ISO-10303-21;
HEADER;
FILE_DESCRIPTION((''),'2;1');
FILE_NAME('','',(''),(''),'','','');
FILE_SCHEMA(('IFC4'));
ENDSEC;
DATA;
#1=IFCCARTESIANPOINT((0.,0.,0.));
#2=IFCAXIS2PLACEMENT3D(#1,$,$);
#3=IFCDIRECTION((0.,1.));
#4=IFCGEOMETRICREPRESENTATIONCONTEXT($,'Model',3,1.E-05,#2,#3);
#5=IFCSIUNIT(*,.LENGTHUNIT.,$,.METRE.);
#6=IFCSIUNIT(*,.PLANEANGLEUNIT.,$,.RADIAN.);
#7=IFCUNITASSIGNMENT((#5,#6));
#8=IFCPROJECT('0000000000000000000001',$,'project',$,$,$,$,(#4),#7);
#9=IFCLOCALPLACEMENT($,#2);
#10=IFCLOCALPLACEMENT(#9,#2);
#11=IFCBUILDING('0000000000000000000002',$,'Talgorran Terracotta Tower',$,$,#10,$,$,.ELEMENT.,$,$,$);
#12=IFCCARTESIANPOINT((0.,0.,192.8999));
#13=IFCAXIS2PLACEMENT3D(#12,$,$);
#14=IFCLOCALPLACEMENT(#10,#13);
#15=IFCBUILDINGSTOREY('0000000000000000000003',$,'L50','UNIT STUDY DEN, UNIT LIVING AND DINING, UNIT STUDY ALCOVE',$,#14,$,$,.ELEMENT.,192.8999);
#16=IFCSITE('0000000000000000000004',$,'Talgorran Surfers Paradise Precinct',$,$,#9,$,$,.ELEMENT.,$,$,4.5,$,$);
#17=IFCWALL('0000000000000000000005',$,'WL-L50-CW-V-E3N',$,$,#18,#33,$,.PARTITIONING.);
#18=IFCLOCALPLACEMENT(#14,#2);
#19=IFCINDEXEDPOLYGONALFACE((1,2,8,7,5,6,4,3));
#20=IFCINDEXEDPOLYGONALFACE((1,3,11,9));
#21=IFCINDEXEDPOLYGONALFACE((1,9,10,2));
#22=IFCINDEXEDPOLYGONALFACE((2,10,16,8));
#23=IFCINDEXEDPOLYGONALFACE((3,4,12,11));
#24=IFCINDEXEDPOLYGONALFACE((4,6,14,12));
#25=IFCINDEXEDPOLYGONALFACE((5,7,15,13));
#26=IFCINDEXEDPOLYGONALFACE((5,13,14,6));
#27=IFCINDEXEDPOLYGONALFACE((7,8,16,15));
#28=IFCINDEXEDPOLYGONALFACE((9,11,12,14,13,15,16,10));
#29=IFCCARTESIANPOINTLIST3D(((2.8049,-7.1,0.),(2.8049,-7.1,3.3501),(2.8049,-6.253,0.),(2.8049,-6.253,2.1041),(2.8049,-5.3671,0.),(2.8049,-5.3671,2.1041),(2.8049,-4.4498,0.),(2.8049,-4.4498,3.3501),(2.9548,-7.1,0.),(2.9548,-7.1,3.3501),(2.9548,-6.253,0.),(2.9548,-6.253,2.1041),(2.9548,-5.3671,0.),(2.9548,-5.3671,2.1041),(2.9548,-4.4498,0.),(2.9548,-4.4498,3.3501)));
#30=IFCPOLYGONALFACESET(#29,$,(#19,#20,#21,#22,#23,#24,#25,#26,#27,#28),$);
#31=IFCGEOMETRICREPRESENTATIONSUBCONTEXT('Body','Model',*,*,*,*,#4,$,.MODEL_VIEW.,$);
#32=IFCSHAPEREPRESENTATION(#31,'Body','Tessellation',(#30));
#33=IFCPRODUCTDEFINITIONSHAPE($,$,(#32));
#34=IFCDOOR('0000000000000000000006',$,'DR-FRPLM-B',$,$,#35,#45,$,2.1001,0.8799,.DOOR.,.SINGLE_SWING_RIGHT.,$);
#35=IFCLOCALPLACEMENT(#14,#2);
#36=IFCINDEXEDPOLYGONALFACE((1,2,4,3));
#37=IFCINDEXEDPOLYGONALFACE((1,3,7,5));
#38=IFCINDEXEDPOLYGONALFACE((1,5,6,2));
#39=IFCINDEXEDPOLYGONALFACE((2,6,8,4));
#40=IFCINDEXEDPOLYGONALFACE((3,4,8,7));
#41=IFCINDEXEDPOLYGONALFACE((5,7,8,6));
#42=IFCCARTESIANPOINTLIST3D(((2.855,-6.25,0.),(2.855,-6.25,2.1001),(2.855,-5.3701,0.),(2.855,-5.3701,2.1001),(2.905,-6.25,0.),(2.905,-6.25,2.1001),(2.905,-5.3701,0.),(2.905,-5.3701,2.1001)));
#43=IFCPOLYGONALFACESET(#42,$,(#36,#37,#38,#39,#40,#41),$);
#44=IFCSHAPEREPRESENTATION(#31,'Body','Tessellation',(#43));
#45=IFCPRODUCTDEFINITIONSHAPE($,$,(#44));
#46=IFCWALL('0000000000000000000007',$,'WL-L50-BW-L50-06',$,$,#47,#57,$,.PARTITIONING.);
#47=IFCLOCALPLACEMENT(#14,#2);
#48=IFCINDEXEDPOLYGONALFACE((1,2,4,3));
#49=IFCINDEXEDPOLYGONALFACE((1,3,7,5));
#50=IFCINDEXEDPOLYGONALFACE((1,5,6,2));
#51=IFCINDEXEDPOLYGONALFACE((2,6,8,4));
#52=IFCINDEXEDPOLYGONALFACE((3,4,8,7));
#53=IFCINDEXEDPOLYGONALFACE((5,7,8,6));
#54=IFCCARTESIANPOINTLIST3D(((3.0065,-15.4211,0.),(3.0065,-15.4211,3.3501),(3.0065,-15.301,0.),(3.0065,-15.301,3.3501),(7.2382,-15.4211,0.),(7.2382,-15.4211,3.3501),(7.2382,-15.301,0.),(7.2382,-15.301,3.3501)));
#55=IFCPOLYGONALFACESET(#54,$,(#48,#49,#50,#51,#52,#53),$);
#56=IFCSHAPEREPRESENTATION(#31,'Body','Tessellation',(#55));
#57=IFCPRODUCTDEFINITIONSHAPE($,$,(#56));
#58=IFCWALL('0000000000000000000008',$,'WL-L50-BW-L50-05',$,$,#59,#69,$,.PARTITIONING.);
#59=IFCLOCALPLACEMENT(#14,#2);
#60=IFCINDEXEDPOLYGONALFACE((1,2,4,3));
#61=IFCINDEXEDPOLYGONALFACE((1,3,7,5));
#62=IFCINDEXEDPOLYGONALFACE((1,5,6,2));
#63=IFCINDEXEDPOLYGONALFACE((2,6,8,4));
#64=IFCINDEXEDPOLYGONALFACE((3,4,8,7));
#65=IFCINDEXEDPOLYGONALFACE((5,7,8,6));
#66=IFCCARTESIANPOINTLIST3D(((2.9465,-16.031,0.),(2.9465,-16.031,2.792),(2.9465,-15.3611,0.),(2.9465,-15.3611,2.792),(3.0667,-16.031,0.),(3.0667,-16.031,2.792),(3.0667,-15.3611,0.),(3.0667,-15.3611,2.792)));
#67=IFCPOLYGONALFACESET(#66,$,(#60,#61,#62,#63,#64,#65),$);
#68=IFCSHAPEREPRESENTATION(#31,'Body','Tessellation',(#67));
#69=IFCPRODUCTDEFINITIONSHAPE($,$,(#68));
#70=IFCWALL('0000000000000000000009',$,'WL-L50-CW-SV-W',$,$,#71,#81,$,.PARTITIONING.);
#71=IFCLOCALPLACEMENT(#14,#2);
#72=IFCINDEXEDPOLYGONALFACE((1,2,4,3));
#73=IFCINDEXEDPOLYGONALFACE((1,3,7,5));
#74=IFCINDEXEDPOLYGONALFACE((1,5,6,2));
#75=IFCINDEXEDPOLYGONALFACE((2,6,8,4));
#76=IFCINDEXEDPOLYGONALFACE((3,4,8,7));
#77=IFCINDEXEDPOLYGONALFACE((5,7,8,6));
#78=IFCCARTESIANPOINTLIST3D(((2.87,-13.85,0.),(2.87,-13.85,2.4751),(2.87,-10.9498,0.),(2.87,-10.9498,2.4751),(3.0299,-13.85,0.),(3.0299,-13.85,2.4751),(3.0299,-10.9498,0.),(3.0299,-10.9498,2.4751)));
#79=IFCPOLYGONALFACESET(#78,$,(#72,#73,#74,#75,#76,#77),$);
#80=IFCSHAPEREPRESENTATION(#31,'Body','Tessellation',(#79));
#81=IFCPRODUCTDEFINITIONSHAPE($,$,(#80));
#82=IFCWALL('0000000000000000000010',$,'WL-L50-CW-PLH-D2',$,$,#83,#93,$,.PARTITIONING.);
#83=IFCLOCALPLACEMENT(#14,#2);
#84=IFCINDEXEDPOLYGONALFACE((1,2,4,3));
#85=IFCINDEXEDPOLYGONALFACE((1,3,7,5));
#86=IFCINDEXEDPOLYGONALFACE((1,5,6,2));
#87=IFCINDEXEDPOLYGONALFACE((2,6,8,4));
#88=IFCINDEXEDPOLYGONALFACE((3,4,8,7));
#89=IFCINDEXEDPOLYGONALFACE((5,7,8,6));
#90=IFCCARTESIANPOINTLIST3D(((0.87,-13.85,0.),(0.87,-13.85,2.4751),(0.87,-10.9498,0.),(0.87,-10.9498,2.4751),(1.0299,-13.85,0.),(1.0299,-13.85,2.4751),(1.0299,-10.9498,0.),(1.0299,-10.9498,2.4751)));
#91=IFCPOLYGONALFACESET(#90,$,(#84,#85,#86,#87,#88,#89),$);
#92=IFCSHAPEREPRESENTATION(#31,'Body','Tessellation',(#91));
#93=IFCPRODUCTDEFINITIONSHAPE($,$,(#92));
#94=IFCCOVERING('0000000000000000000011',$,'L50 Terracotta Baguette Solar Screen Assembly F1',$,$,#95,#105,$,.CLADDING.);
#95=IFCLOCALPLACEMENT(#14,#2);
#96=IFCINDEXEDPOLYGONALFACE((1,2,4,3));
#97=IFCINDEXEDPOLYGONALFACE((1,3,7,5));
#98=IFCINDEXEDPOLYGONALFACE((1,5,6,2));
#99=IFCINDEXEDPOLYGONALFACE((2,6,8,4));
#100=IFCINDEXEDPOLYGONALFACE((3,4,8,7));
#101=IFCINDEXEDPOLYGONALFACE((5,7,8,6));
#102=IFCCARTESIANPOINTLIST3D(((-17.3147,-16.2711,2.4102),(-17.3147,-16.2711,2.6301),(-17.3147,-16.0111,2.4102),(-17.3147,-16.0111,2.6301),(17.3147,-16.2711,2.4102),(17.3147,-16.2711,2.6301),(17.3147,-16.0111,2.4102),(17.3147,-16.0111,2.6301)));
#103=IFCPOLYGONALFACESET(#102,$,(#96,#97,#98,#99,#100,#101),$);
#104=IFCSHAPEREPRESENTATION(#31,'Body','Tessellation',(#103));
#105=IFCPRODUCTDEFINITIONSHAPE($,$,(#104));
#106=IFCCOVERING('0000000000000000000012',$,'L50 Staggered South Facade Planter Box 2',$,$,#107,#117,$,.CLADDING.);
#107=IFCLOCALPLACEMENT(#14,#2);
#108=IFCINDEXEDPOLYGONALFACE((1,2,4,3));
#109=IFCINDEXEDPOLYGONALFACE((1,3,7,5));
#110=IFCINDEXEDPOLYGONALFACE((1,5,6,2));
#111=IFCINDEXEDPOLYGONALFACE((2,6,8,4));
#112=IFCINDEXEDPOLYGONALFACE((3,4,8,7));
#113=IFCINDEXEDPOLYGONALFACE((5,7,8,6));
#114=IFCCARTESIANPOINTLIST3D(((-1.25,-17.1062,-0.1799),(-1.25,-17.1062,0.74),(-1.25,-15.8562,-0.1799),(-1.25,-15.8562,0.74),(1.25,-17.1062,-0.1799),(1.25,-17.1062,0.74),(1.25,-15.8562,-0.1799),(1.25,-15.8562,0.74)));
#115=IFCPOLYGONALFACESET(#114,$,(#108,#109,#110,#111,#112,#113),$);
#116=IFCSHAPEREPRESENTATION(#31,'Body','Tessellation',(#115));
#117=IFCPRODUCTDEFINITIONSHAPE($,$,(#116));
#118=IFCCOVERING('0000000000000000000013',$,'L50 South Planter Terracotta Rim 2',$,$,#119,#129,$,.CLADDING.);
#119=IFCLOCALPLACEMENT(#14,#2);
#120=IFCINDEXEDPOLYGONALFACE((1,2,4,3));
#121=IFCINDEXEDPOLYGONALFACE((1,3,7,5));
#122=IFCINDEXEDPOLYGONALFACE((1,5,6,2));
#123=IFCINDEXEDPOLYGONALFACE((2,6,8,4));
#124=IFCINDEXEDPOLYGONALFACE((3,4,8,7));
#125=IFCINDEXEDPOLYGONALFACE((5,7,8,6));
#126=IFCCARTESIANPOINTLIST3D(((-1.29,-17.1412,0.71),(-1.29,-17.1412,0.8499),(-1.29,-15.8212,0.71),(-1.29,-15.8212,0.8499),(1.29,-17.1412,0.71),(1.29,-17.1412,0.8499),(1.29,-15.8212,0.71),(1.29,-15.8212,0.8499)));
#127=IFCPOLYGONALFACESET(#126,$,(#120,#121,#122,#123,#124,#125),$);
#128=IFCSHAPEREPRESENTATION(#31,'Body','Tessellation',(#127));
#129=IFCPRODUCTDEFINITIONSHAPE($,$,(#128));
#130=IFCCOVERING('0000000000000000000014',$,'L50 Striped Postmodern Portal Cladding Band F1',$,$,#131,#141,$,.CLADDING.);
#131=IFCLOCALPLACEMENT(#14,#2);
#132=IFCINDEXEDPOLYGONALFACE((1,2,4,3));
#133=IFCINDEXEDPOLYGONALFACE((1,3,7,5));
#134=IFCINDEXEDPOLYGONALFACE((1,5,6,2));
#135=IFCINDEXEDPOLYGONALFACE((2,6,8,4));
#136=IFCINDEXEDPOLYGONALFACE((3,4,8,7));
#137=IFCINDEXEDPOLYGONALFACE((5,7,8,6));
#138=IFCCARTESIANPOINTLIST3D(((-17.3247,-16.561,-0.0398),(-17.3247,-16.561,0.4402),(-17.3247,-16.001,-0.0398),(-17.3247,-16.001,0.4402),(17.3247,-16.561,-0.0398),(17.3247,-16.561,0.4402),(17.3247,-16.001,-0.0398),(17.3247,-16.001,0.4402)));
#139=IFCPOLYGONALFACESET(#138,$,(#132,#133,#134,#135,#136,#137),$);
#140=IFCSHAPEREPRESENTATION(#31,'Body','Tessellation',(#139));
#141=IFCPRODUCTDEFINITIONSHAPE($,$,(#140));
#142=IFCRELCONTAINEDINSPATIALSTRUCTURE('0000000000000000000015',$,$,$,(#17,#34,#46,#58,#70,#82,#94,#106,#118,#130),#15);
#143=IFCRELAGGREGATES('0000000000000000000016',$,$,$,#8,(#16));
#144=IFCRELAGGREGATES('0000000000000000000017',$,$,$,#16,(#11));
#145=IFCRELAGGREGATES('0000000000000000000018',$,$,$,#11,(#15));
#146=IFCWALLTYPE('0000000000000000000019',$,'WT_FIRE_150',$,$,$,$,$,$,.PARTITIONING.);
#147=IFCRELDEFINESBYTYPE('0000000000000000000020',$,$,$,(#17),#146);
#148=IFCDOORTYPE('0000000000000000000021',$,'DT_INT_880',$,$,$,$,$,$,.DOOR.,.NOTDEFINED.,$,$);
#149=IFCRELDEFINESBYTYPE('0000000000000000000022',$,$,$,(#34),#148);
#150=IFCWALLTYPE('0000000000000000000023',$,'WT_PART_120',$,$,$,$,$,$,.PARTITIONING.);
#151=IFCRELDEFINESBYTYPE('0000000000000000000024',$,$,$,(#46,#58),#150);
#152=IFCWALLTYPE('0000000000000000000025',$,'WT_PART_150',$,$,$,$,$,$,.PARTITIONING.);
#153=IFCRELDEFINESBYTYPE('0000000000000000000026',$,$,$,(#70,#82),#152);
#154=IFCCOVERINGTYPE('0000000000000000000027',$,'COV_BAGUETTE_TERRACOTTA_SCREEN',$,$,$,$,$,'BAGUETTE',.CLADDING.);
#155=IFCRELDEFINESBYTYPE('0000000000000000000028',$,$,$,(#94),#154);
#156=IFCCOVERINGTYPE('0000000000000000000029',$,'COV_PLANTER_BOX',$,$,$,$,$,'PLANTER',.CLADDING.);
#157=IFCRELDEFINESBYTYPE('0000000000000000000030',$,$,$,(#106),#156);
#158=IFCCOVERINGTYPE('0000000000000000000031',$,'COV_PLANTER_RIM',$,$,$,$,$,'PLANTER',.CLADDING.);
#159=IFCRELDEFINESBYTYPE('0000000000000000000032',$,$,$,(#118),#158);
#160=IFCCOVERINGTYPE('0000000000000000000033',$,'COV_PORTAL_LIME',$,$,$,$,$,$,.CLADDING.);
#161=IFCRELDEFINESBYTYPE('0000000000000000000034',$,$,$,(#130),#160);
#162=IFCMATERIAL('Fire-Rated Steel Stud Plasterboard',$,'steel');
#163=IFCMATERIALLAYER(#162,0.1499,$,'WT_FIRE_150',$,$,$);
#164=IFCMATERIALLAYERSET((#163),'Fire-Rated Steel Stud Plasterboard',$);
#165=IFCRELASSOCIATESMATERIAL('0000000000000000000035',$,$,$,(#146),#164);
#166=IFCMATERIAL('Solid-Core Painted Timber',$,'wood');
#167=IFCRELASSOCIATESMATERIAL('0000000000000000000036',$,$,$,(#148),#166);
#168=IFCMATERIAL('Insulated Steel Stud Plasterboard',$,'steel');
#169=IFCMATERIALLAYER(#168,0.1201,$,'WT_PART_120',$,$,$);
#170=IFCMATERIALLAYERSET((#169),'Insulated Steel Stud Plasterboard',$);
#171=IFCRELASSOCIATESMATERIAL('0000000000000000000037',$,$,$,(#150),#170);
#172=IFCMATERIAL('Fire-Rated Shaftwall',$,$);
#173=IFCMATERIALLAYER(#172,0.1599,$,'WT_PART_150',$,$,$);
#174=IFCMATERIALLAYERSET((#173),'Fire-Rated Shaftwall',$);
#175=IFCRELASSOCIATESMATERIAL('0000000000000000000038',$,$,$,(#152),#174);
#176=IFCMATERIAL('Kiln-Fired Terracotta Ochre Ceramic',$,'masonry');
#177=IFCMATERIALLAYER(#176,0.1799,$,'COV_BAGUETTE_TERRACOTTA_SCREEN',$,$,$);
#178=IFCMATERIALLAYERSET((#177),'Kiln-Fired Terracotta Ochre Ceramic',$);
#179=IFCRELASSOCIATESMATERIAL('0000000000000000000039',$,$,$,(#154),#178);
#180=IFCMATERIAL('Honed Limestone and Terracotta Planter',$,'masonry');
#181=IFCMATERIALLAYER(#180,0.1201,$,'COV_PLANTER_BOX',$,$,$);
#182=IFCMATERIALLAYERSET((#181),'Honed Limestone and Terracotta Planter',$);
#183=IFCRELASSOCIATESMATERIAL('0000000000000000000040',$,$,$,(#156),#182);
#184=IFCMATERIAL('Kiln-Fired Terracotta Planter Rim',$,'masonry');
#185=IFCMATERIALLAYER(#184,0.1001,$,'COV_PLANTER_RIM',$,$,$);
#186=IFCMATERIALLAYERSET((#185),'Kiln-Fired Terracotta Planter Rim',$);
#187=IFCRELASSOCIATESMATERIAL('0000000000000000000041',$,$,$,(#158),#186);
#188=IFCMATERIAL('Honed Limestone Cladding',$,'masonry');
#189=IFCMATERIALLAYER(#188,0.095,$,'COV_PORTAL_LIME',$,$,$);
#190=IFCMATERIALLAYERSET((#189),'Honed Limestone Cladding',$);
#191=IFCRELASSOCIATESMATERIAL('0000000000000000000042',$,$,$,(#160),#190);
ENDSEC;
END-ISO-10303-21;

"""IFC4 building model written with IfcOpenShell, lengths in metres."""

from ifc_helpers import new_model, si_unit, direction, frame, frame_2d, origin, origin_2d, place, context, subcontext, project, spatial, rectangle, extrude, material, layer, layer_set, type_object, element, fill, save


model = new_model("IFC4")

# Units and contexts
model_context = context("Model", 3, precision=1e-05, world=origin(), true_north=direction((0.0, 1.0)))
body_context = subcontext(model_context, "Body", "Model", "MODEL_VIEW")
ifc_project = project(units=[si_unit("LENGTHUNIT", "METRE"), si_unit("PLANEANGLEUNIT", "RADIAN")], contexts=[model_context])

# Site, building, storey
site_placement = place(None, origin())
site = spatial("IfcSite", under=ifc_project, at=site_placement, Name="Talgorran Surfers Paradise Precinct", CompositionType="ELEMENT", RefElevation=4.5)
building_placement = place(site_placement, origin())
building = spatial("IfcBuilding", under=site, at=building_placement, Name="Talgorran Terracotta Tower", CompositionType="ELEMENT")
storey_placement = place(building_placement, frame((0.0, 0.0, 192.8999)))
storey = spatial("IfcBuildingStorey", under=building, at=storey_placement, Name="L50", Description="UNIT STUDY DEN, UNIT LIVING AND DINING, UNIT STUDY ALCOVE", CompositionType="ELEMENT", Elevation=192.8999)

# Shared definitions
ifc_material_1 = material(Name="Fire-Rated Steel Stud Plasterboard", Category="steel")
ifc_layer_1 = layer(ifc_material_1, 0.1499, Name="WT_FIRE_150")
ifc_layer_set_1 = layer_set([ifc_layer_1], Name="Fire-Rated Steel Stud Plasterboard")
wall_type_1 = type_object("IfcWallType", Name="WT_FIRE_150", PredefinedType="PARTITIONING", material=ifc_layer_set_1)

# Wall, opening, door
wall_1_placement = place(storey_placement, frame((2.8799, -7.1001, 0.0), z_axis=(0.0, 0.0, 1.0), x_axis=(0.0, 1.0, 0.0)))
wall_1 = element("IfcWall", 1, at=wall_1_placement, inside=storey, type_object=wall_type_1, Name="WL-L50-CW-V-E3N", PredefinedType="PARTITIONING", context=body_context, shape_type="SweptSolid", body=[
    extrude(rectangle(XDim=2.6501, YDim=0.1499, at=frame_2d((1.3252, 0.0))), origin(), (0.0, 0.0, 1.0), 3.3501),
])
opening_placement = place(wall_1_placement, frame((0.8501, 0.0, 0.0)))
opening = element("IfcOpeningElement", 2, at=opening_placement, cuts=wall_1, PredefinedType="OPENING", context=body_context, shape_type="SweptSolid", body=[
    extrude(rectangle(XDim=0.8859, YDim=2.1041, at=frame_2d((0.4399, 1.052))), frame((0.0, 0.085, 0.0), z_axis=(0.0, -1.0, 0.0), x_axis=(1.0, 0.0, 0.0)), (0.0, 0.0, 1.0), 0.1699),
])
ifc_material_2 = material(Name="Solid-Core Painted Timber", Category="wood")
door_type = type_object("IfcDoorType", Name="DT_INT_880", OperationType="NOTDEFINED", PredefinedType="DOOR", material=ifc_material_2)
door_placement = place(opening_placement, origin())
door = element("IfcDoor", 3, at=door_placement, inside=storey, type_object=door_type, Name="DR-FRPLM-B", OperationType="SINGLE_SWING_RIGHT", OverallHeight=2.1001, OverallWidth=0.8799, PredefinedType="DOOR", context=body_context, shape_type="SweptSolid", body=[
    extrude(rectangle(XDim=0.8799, YDim=2.1001, at=frame_2d((0.4399, 1.05))), frame((0.0, 0.0249, 0.0), z_axis=(0.0, -1.0, 0.0), x_axis=(1.0, 0.0, 0.0)), (0.0, 0.0, 1.0), 0.05),
])
fill(opening, door)

# Walls
ifc_material_3 = material(Name="Insulated Steel Stud Plasterboard", Category="steel")
ifc_layer_2 = layer(ifc_material_3, 0.1201, Name="WT_PART_120")
ifc_layer_set_2 = layer_set([ifc_layer_2], Name="Insulated Steel Stud Plasterboard")
wall_type_2 = type_object("IfcWallType", Name="WT_PART_120", PredefinedType="PARTITIONING", material=ifc_layer_set_2)
wall_2_placement = place(storey_placement, frame((3.0066, -15.3611, 0.0), z_axis=(0.0, 0.0, 1.0), x_axis=(1.0, 0.0, 0.0)))
element("IfcWall", 4, at=wall_2_placement, inside=storey, type_object=wall_type_2, Name="WL-L50-BW-L50-06", PredefinedType="PARTITIONING", context=body_context, shape_type="SweptSolid", body=[
    extrude(rectangle(XDim=4.2317, YDim=0.1201, at=frame_2d((2.1157, 0.0))), origin(), (0.0, 0.0, 1.0), 3.3501),
])
wall_3_placement = place(storey_placement, frame((3.0066, -16.031, 0.0), z_axis=(0.0, 0.0, 1.0), x_axis=(0.0, 1.0, 0.0)))
element("IfcWall", 5, at=wall_3_placement, inside=storey, type_object=wall_type_2, Name="WL-L50-BW-L50-05", PredefinedType="PARTITIONING", context=body_context, shape_type="SweptSolid", body=[
    extrude(rectangle(XDim=0.6699, YDim=0.1201, at=frame_2d((0.335, 0.0))), origin(), (0.0, 0.0, 1.0), 2.792),
])
ifc_material_4 = material(Name="Fire-Rated Shaftwall")
ifc_layer_3 = layer(ifc_material_4, 0.1599, Name="WT_PART_150")
ifc_layer_set_3 = layer_set([ifc_layer_3], Name="Fire-Rated Shaftwall")
wall_type_3 = type_object("IfcWallType", Name="WT_PART_150", PredefinedType="PARTITIONING", material=ifc_layer_set_3)
for number, where, z_axis, x_axis, name in (
    (6, (2.95, -13.8501, 0.0), (0.0, 0.0, 1.0), (0.0, 1.0, 0.0), "WL-L50-CW-SV-W"),
    (7, (0.95, -13.8501, 0.0), (0.0, 0.0, 1.0), (0.0, 1.0, 0.0), "WL-L50-CW-PLH-D2"),
):
    element("IfcWall", number, at=place(storey_placement, frame(where, z_axis=z_axis, x_axis=x_axis)), inside=storey, type_object=wall_type_3, Name=name, PredefinedType="PARTITIONING", context=body_context, shape_type="SweptSolid", body=[
        extrude(rectangle(XDim=2.9001, YDim=0.1599, at=frame_2d((1.4502, 0.0))), origin(), (0.0, 0.0, 1.0), 2.4751),
    ])

# Coverings
ifc_material_5 = material(Name="Kiln-Fired Terracotta Ochre Ceramic", Category="masonry")
ifc_layer_4 = layer(ifc_material_5, 0.1799, Name="COV_BAGUETTE_TERRACOTTA_SCREEN")
ifc_layer_set_4 = layer_set([ifc_layer_4], Name="Kiln-Fired Terracotta Ochre Ceramic")
covering_type_1 = type_object("IfcCoveringType", Name="COV_BAGUETTE_TERRACOTTA_SCREEN", ElementType="BAGUETTE", PredefinedType="CLADDING", material=ifc_layer_set_4)
covering_1_placement = place(storey_placement, frame((0.0, -16.1411, 2.4102), z_axis=(0.0, 0.0, 1.0), x_axis=(1.0, 0.0, 0.0)))
element("IfcCovering", 8, at=covering_1_placement, inside=storey, type_object=covering_type_1, Name="L50 Terracotta Baguette Solar Screen Assembly F1", PredefinedType="CLADDING", context=body_context, shape_type="SweptSolid", body=[
    extrude(rectangle(XDim=34.6294, YDim=0.26, at=origin_2d()), origin(), (0.0, 0.0, 1.0), 0.22),
])
ifc_material_6 = material(Name="Honed Limestone and Terracotta Planter", Category="masonry")
ifc_layer_5 = layer(ifc_material_6, 0.1201, Name="COV_PLANTER_BOX")
ifc_layer_set_5 = layer_set([ifc_layer_5], Name="Honed Limestone and Terracotta Planter")
covering_type_2 = type_object("IfcCoveringType", Name="COV_PLANTER_BOX", ElementType="PLANTER", PredefinedType="CLADDING", material=ifc_layer_set_5)
covering_2_placement = place(storey_placement, frame((0.0, -16.4812, -0.1799), z_axis=(0.0, 0.0, 1.0), x_axis=(1.0, 0.0, 0.0)))
element("IfcCovering", 9, at=covering_2_placement, inside=storey, type_object=covering_type_2, Name="L50 Staggered South Facade Planter Box 2", PredefinedType="CLADDING", context=body_context, shape_type="SweptSolid", body=[
    extrude(rectangle(XDim=2.5, YDim=1.25, at=origin_2d()), origin(), (0.0, 0.0, 1.0), 0.9199),
])
ifc_material_7 = material(Name="Kiln-Fired Terracotta Planter Rim", Category="masonry")
ifc_layer_6 = layer(ifc_material_7, 0.1001, Name="COV_PLANTER_RIM")
ifc_layer_set_6 = layer_set([ifc_layer_6], Name="Kiln-Fired Terracotta Planter Rim")
covering_type_3 = type_object("IfcCoveringType", Name="COV_PLANTER_RIM", ElementType="PLANTER", PredefinedType="CLADDING", material=ifc_layer_set_6)
covering_3_placement = place(storey_placement, frame((0.0, -16.4812, 0.71), z_axis=(0.0, 0.0, 1.0), x_axis=(1.0, 0.0, 0.0)))
element("IfcCovering", 10, at=covering_3_placement, inside=storey, type_object=covering_type_3, Name="L50 South Planter Terracotta Rim 2", PredefinedType="CLADDING", context=body_context, shape_type="SweptSolid", body=[
    extrude(rectangle(XDim=2.5801, YDim=1.3201, at=origin_2d()), origin(), (0.0, 0.0, 1.0), 0.1399),
])
ifc_material_8 = material(Name="Honed Limestone Cladding", Category="masonry")
ifc_layer_7 = layer(ifc_material_8, 0.095, Name="COV_PORTAL_LIME")
ifc_layer_set_7 = layer_set([ifc_layer_7], Name="Honed Limestone Cladding")
covering_type_4 = type_object("IfcCoveringType", Name="COV_PORTAL_LIME", PredefinedType="CLADDING", material=ifc_layer_set_7)
covering_4_placement = place(storey_placement, frame((0.0, -16.281, -0.0398), z_axis=(0.0, 0.0, 1.0), x_axis=(1.0, 0.0, 0.0)))
element("IfcCovering", 11, at=covering_4_placement, inside=storey, type_object=covering_type_4, Name="L50 Striped Postmodern Portal Cladding Band F1", PredefinedType="CLADDING", context=body_context, shape_type="SweptSolid", body=[
    extrude(rectangle(XDim=34.6494, YDim=0.5601, at=origin_2d()), origin(), (0.0, 0.0, 1.0), 0.48),
])

save(model, "model.ifc")
